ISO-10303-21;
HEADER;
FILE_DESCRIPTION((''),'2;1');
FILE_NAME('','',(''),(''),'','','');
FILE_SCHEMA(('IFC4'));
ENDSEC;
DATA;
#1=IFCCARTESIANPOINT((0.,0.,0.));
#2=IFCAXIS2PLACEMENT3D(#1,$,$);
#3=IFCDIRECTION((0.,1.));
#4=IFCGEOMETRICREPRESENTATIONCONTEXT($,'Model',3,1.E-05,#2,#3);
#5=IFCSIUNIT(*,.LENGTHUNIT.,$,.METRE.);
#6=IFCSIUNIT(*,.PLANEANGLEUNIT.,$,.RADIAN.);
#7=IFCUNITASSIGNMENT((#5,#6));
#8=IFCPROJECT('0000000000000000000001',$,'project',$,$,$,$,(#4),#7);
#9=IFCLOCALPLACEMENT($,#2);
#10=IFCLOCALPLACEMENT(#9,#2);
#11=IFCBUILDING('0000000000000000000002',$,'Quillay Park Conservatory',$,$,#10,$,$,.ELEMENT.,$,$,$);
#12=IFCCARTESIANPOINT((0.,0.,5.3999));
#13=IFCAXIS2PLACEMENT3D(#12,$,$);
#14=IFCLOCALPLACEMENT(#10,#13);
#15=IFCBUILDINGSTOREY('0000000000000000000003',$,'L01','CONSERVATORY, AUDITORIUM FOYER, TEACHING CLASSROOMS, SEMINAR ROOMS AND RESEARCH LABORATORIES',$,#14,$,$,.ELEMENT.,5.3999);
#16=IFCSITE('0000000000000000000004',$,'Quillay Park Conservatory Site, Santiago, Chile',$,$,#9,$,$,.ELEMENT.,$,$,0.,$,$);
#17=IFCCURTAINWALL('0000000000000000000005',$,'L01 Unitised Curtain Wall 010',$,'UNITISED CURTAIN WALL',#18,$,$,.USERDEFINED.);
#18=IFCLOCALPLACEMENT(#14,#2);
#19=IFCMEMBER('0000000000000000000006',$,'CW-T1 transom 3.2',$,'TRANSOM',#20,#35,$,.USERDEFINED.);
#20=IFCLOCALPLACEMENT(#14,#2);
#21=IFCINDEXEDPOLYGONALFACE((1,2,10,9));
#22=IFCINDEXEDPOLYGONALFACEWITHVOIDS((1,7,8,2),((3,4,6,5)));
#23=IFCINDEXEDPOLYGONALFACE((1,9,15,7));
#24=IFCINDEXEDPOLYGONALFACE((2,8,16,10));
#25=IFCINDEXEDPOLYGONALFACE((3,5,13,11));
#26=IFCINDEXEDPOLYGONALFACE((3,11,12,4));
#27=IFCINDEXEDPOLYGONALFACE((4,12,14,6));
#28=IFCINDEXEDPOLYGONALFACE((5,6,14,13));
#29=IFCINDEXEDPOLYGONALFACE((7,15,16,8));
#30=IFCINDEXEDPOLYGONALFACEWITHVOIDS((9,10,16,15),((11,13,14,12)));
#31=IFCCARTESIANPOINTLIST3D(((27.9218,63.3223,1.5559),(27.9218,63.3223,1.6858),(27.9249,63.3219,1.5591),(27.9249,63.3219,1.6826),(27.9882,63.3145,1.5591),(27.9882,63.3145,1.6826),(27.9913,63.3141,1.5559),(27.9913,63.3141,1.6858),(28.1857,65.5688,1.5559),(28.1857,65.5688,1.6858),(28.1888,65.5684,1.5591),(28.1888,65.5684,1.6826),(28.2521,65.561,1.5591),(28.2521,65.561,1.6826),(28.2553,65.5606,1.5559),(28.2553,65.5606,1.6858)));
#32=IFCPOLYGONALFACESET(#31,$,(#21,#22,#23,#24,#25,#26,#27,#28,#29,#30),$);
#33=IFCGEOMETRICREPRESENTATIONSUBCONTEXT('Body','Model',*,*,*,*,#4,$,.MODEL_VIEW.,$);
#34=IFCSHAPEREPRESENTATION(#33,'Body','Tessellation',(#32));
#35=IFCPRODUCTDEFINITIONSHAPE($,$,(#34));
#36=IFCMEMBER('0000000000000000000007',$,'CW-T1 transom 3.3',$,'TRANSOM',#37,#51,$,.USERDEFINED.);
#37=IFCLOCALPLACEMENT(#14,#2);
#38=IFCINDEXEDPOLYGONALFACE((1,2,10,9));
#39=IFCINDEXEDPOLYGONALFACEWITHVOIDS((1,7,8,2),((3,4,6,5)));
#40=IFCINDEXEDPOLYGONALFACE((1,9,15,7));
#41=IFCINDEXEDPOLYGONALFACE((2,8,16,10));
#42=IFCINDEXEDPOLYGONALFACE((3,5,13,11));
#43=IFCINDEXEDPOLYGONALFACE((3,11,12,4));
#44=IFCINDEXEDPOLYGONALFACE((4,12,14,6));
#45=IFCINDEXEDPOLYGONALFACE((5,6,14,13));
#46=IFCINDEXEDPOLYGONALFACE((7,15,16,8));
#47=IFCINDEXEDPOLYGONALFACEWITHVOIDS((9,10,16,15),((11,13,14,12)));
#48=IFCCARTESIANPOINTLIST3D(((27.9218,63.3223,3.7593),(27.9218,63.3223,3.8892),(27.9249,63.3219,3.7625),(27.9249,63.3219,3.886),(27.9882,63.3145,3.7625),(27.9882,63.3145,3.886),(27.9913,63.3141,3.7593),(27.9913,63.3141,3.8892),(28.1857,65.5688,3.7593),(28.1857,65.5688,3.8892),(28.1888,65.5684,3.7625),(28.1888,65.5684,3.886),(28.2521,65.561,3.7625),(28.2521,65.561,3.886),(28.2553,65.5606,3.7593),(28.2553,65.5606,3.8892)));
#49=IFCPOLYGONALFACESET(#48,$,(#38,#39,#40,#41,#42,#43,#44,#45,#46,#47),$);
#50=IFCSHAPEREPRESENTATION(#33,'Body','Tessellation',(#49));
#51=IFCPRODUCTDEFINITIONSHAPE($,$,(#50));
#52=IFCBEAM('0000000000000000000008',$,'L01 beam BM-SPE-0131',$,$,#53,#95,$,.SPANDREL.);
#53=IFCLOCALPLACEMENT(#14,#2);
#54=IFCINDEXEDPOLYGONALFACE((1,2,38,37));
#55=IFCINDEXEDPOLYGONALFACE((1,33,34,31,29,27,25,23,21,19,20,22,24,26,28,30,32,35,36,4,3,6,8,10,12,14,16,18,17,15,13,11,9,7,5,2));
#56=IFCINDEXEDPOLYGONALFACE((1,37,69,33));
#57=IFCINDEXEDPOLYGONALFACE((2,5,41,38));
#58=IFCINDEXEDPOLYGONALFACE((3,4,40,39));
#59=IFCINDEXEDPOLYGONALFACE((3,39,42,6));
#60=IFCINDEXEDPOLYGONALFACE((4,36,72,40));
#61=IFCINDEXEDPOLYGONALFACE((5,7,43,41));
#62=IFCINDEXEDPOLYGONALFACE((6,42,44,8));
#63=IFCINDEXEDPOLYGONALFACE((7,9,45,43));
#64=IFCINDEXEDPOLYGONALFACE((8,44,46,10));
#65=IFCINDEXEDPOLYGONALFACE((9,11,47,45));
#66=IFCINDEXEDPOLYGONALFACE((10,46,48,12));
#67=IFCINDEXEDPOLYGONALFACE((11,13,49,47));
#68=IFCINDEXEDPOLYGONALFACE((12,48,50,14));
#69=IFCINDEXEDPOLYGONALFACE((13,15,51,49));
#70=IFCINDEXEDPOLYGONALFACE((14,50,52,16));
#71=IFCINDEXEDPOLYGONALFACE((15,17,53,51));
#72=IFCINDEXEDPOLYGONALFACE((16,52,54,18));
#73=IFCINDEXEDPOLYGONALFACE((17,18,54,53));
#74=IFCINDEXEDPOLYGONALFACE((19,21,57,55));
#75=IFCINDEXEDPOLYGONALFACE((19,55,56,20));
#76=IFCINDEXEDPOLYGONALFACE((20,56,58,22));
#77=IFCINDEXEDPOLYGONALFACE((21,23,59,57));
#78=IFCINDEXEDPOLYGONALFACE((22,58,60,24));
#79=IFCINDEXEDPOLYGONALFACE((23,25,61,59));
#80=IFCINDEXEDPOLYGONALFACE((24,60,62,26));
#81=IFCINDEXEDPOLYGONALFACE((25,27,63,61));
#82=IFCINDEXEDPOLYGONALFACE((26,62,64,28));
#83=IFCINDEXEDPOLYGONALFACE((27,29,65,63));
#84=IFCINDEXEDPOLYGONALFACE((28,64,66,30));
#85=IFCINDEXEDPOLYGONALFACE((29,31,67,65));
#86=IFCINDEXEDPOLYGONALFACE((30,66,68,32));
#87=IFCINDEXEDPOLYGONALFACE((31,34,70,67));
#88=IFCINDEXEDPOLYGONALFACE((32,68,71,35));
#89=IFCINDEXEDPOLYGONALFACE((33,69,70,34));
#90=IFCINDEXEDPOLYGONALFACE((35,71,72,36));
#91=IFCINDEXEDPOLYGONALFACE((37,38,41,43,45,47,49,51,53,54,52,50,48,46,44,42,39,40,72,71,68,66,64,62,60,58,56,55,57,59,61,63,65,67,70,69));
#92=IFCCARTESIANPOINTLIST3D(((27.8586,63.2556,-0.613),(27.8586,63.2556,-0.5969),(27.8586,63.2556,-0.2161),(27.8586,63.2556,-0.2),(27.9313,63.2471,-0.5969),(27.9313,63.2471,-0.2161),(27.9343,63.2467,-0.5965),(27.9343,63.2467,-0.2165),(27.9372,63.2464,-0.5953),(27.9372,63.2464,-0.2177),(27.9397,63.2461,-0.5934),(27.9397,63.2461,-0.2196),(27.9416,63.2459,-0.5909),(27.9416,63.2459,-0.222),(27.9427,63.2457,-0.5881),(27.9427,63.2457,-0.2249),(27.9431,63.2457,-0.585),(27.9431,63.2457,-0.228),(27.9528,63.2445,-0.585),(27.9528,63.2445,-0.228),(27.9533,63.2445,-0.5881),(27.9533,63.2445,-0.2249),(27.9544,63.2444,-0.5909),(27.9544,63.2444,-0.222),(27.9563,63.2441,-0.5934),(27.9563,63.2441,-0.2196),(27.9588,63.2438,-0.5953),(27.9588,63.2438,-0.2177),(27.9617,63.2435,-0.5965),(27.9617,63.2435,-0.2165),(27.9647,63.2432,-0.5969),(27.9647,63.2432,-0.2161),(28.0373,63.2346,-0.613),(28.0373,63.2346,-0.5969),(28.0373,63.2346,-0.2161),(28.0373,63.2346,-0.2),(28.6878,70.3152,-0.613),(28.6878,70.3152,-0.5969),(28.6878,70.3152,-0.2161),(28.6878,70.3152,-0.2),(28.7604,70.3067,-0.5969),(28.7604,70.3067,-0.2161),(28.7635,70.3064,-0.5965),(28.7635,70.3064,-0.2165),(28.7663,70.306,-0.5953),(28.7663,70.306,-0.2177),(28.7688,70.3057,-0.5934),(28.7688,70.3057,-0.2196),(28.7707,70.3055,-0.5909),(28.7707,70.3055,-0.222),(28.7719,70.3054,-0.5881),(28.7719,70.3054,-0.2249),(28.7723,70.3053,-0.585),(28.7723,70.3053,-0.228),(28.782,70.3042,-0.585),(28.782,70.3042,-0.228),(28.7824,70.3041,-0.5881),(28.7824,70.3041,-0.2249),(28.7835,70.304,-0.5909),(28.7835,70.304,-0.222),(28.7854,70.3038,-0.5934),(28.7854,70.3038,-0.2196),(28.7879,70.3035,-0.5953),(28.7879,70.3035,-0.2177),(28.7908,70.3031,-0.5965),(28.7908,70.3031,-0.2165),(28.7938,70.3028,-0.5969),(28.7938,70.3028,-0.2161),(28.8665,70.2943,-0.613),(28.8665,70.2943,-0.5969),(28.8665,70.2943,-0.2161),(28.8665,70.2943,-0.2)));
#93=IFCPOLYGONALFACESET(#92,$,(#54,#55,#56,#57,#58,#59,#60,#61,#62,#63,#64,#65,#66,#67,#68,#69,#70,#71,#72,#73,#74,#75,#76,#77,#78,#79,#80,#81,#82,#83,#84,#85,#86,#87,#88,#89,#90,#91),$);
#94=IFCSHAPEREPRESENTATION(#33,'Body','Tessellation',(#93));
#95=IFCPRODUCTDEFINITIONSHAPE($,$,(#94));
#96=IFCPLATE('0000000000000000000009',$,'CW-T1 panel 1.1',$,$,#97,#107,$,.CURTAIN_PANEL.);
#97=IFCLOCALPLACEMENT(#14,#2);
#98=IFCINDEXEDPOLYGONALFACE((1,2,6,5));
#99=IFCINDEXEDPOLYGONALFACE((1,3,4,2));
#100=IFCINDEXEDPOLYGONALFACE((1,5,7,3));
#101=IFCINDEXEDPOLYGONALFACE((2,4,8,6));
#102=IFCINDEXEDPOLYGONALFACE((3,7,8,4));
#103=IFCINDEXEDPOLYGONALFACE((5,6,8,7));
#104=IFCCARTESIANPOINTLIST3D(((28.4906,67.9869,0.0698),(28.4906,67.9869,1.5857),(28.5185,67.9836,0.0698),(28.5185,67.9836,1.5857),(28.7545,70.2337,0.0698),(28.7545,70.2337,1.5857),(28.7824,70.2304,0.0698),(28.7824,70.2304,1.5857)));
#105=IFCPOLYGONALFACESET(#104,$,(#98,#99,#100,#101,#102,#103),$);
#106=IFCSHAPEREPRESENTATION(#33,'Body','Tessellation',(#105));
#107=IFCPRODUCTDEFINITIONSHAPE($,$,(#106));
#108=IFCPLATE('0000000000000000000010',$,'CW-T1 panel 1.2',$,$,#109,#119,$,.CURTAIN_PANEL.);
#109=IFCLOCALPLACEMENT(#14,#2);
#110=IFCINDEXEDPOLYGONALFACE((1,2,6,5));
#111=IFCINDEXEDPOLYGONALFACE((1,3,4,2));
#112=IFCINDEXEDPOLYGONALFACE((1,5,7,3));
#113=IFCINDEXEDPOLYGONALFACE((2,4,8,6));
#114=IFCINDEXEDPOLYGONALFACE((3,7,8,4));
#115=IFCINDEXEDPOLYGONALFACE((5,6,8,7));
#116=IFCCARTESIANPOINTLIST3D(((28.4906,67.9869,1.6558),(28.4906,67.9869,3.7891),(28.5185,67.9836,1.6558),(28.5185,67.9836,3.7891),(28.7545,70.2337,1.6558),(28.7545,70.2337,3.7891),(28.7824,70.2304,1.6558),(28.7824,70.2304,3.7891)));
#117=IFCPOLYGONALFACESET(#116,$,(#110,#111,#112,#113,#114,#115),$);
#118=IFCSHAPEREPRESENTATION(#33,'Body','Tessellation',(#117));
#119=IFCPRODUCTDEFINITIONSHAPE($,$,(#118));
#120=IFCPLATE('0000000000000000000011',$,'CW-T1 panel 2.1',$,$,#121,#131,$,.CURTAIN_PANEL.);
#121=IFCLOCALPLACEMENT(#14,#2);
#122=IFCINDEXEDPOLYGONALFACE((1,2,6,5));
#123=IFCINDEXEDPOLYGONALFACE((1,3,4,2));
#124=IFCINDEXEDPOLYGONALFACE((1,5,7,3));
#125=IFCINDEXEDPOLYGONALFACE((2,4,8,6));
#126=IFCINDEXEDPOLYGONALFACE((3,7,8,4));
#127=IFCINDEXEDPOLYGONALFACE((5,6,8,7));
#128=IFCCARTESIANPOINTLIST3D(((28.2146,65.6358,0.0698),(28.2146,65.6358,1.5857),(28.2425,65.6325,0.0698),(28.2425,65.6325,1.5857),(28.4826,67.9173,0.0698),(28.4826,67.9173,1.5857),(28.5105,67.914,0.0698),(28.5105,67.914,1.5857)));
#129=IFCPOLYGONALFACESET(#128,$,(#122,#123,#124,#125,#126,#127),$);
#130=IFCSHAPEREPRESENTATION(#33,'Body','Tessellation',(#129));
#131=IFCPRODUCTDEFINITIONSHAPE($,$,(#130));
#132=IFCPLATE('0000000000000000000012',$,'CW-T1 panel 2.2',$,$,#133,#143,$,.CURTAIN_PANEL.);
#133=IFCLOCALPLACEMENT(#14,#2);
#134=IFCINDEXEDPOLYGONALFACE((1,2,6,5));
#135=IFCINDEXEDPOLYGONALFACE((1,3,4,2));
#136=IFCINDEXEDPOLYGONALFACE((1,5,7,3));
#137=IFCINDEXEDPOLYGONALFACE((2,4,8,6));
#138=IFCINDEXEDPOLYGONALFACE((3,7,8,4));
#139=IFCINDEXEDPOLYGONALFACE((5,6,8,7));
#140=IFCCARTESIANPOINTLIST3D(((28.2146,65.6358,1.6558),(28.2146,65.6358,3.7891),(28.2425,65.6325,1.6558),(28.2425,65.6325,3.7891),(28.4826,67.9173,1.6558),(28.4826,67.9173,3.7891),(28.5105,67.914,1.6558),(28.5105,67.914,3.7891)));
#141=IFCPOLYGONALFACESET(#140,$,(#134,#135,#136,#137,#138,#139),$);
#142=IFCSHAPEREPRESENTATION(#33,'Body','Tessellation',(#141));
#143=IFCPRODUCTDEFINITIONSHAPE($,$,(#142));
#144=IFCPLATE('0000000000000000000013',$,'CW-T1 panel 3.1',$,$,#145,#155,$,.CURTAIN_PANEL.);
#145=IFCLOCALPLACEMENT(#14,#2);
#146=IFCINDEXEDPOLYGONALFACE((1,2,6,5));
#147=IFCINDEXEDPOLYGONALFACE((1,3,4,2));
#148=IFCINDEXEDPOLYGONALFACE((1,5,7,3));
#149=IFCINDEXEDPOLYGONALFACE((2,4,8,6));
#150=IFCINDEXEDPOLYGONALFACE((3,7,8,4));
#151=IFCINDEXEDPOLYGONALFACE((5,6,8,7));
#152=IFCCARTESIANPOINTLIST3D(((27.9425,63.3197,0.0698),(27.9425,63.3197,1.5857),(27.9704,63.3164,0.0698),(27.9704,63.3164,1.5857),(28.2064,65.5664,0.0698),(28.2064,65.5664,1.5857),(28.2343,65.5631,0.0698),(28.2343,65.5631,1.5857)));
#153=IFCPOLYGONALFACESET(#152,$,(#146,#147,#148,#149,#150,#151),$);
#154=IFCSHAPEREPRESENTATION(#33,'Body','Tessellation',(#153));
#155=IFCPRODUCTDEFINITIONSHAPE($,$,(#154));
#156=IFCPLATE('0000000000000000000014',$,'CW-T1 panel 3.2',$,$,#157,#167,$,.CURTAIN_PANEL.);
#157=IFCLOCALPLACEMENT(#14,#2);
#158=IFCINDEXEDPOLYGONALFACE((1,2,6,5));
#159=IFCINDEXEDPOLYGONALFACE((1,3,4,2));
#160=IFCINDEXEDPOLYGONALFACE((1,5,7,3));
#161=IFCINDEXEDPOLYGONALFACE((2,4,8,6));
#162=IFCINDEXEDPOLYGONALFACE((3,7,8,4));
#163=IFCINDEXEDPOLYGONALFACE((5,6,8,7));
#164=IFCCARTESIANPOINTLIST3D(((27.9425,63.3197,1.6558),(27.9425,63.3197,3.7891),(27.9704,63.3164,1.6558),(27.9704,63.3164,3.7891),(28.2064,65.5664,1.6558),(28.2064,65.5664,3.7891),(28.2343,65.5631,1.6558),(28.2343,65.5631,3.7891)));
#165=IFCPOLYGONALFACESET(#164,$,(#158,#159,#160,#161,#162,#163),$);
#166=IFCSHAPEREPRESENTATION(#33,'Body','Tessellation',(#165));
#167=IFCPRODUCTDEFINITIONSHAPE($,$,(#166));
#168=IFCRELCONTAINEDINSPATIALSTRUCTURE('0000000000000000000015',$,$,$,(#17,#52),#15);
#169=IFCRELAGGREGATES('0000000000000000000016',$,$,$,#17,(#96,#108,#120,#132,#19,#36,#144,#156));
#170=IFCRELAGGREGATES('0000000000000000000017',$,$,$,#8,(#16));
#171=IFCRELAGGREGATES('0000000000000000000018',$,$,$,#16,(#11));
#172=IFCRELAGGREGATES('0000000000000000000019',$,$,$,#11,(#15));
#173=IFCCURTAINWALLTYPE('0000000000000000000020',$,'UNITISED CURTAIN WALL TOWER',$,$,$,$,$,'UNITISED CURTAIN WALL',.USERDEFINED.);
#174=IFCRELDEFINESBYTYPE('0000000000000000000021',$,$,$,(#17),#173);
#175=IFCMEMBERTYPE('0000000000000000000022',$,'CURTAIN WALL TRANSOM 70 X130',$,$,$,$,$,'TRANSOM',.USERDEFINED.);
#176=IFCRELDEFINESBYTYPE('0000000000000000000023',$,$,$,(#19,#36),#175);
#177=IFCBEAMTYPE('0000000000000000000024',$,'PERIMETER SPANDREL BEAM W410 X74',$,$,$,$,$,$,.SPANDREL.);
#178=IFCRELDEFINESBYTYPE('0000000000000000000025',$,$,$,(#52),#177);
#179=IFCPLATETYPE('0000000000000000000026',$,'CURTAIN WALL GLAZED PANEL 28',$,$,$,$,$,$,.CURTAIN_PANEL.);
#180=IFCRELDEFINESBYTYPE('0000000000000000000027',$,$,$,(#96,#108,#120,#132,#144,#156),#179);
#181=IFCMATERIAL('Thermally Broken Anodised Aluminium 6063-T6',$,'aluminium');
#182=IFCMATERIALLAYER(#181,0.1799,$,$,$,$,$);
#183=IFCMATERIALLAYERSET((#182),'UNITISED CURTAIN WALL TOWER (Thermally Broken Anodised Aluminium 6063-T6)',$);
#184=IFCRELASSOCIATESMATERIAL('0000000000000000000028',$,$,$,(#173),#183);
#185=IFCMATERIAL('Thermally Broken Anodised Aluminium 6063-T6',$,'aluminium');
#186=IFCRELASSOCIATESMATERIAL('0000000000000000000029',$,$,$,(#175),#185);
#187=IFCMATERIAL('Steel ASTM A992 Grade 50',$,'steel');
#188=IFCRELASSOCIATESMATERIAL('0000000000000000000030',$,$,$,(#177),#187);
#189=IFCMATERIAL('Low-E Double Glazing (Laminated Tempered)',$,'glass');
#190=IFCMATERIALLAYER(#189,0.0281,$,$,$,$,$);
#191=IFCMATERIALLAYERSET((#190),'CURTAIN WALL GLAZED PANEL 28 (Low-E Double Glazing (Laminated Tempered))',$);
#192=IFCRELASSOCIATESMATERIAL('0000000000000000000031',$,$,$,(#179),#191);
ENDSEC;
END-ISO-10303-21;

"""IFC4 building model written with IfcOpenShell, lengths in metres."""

from ifc_helpers import new_model, si_unit, direction, frame, origin, origin_2d, place, context, subcontext, project, spatial, rectangle, hollow_rectangle, i_section, extrude, material, layer, layer_set, material_profile, profile_set, type_object, element, aggregate, save


model = new_model("IFC4")

# Units and contexts
model_context = context("Model", 3, precision=1e-05, world=origin(), true_north=direction((0.0, 1.0)))
body_context = subcontext(model_context, "Body", "Model", "MODEL_VIEW")
ifc_project = project(units=[si_unit("LENGTHUNIT", "METRE"), si_unit("PLANEANGLEUNIT", "RADIAN")], contexts=[model_context])

# Site, building, storey
site_placement = place(None, origin())
site = spatial("IfcSite", under=ifc_project, at=site_placement, Name="Quillay Park Conservatory Site, Santiago, Chile", CompositionType="ELEMENT", RefElevation=0.0)
building_placement = place(site_placement, origin())
building = spatial("IfcBuilding", under=site, at=building_placement, Name="Quillay Park Conservatory", CompositionType="ELEMENT")
storey_placement = place(building_placement, frame((0.0, 0.0, 5.3999)))
storey = spatial("IfcBuildingStorey", under=building, at=storey_placement, Name="L01", Description="CONSERVATORY, AUDITORIUM FOYER, TEACHING CLASSROOMS, SEMINAR ROOMS AND RESEARCH LABORATORIES", CompositionType="ELEMENT", Elevation=5.3999)

# Curtain wall, members
ifc_material_1 = material(Name="Thermally Broken Anodised Aluminium 6063-T6", Category="aluminium")
ifc_layer_1 = layer(ifc_material_1, 0.1799)
ifc_layer_set_1 = layer_set([ifc_layer_1], Name="UNITISED CURTAIN WALL TOWER (Thermally Broken Anodised Aluminium 6063-T6)")
curtain_wall_type = type_object("IfcCurtainWallType", Name="UNITISED CURTAIN WALL TOWER", ElementType="UNITISED CURTAIN WALL", PredefinedType="USERDEFINED", material=ifc_layer_set_1)
curtain_wall_placement = place(storey_placement, origin())
curtain_wall = element("IfcCurtainWall", 1, at=curtain_wall_placement, inside=storey, type_object=curtain_wall_type, Name="L01 Unitised Curtain Wall 010", ObjectType="UNITISED CURTAIN WALL", PredefinedType="USERDEFINED")
ifc_material_2 = material(Name="Thermally Broken Anodised Aluminium 6063-T6", Category="aluminium")
ifc_material_profile_1 = material_profile(ifc_material_2, hollow_rectangle(XDim=0.0701, YDim=0.1299, WallThickness=0.0032, at=origin_2d()), Name="AL70x130x3.2")
ifc_profile_set_1 = profile_set([ifc_material_profile_1], Name="Thermally Broken Anodised Aluminium 6063-T6")
member_type_1 = type_object("IfcMemberType", Name="CURTAIN WALL TRANSOM 70 X130", ElementType="TRANSOM", PredefinedType="USERDEFINED", material=ifc_profile_set_1)
member_1_placement = place(storey_placement, frame((28.2205, 65.5647, 1.6208), z_axis=(-0.116672, -0.99317, 0.0), x_axis=(0.99317, -0.116672, 0.0)))
member_1 = element("IfcMember", 2, at=member_1_placement, type_object=member_type_1, Name="CW-T1 transom 3.2", ObjectType="TRANSOM", PredefinedType="USERDEFINED", context=body_context, shape_type="SweptSolid", body=[
    extrude(hollow_rectangle(XDim=0.0701, YDim=0.1299, WallThickness=0.0032, at=origin_2d()), origin(), (0.0, 0.0, 1.0), 2.262),
])
member_2_placement = place(storey_placement, frame((28.2205, 65.5647, 3.8242), z_axis=(-0.116672, -0.99317, 0.0), x_axis=(0.99317, -0.116672, 0.0)))
member_2 = element("IfcMember", 3, at=member_2_placement, type_object=member_type_1, Name="CW-T1 transom 3.3", ObjectType="TRANSOM", PredefinedType="USERDEFINED", context=body_context, shape_type="SweptSolid", body=[
    extrude(hollow_rectangle(XDim=0.0701, YDim=0.1299, WallThickness=0.0032, at=origin_2d()), origin(), (0.0, 0.0, 1.0), 2.262),
])

# Beam
ifc_material_3 = material(Name="Steel ASTM A992 Grade 50", Category="steel")
ifc_material_profile_2 = material_profile(ifc_material_3, i_section(OverallWidth=0.1799, OverallDepth=0.4131, WebThickness=0.0098, FlangeThickness=0.0161, FilletRadius=0.012, at=origin_2d()), Name="W410x74")
ifc_profile_set_2 = profile_set([ifc_material_profile_2], Name="Steel ASTM A992 Grade 50")
beam_type = type_object("IfcBeamType", Name="PERIMETER SPANDREL BEAM W410 X74", PredefinedType="SPANDREL", material=ifc_profile_set_2)
beam_placement = place(storey_placement, frame((27.948, 63.2451, -0.4065), z_axis=(0.116642, 0.993174, 0.0), x_axis=(-0.993174, 0.116642, 0.0)))
element("IfcBeam", 4, at=beam_placement, inside=storey, type_object=beam_type, Name="L01 beam BM-SPE-0131", PredefinedType="SPANDREL", context=body_context, shape_type="SweptSolid", body=[
    extrude(i_section(OverallWidth=0.1799, OverallDepth=0.4131, WebThickness=0.0098, FlangeThickness=0.0161, FilletRadius=0.012, at=origin_2d()), origin(), (0.0, 0.0, 1.0), 7.1082),
])

# Plates
ifc_material_4 = material(Name="Low-E Double Glazing (Laminated Tempered)", Category="glass")
ifc_layer_2 = layer(ifc_material_4, 0.0281)
ifc_layer_set_2 = layer_set([ifc_layer_2], Name="CURTAIN WALL GLAZED PANEL 28 (Low-E Double Glazing (Laminated Tempered))")
plate_type = type_object("IfcPlateType", Name="CURTAIN WALL GLAZED PANEL 28", PredefinedType="CURTAIN_PANEL", material=ifc_layer_set_2)
plate_1_placement = place(storey_placement, frame((28.6365, 69.1086, 0.0698), z_axis=(0.0, 0.0, 1.0), x_axis=(-0.116655, -0.993173, 0.0)))
plate_1 = element("IfcPlate", 5, at=plate_1_placement, type_object=plate_type, Name="CW-T1 panel 1.1", PredefinedType="CURTAIN_PANEL", context=body_context, shape_type="SweptSolid", body=[
    extrude(rectangle(XDim=2.2622, YDim=0.0281, at=origin_2d()), origin(), (0.0, 0.0, 1.0), 1.5159),
])
plate_2_placement = place(storey_placement, frame((28.6365, 69.1086, 1.6558), z_axis=(0.0, 0.0, 1.0), x_axis=(-0.116655, -0.993173, 0.0)))
plate_2 = element("IfcPlate", 6, at=plate_2_placement, type_object=plate_type, Name="CW-T1 panel 1.2", PredefinedType="CURTAIN_PANEL", context=body_context, shape_type="SweptSolid", body=[
    extrude(rectangle(XDim=2.2622, YDim=0.0281, at=origin_2d()), origin(), (0.0, 0.0, 1.0), 2.1333),
])
plate_3_placement = place(storey_placement, frame((28.3625, 66.7749, 0.0698), z_axis=(0.0, 0.0, 1.0), x_axis=(-0.116655, -0.993173, 0.0)))
plate_3 = element("IfcPlate", 7, at=plate_3_placement, type_object=plate_type, Name="CW-T1 panel 2.1", PredefinedType="CURTAIN_PANEL", context=body_context, shape_type="SweptSolid", body=[
    extrude(rectangle(XDim=2.2971, YDim=0.0281, at=origin_2d()), origin(), (0.0, 0.0, 1.0), 1.5159),
])
plate_4_placement = place(storey_placement, frame((28.3625, 66.7749, 1.6558), z_axis=(0.0, 0.0, 1.0), x_axis=(-0.116655, -0.993173, 0.0)))
plate_4 = element("IfcPlate", 8, at=plate_4_placement, type_object=plate_type, Name="CW-T1 panel 2.2", PredefinedType="CURTAIN_PANEL", context=body_context, shape_type="SweptSolid", body=[
    extrude(rectangle(XDim=2.2971, YDim=0.0281, at=origin_2d()), origin(), (0.0, 0.0, 1.0), 2.1333),
])
plate_5_placement = place(storey_placement, frame((28.0884, 64.4414, 0.0698), z_axis=(0.0, 0.0, 1.0), x_axis=(-0.116655, -0.993173, 0.0)))
plate_5 = element("IfcPlate", 9, at=plate_5_placement, type_object=plate_type, Name="CW-T1 panel 3.1", PredefinedType="CURTAIN_PANEL", context=body_context, shape_type="SweptSolid", body=[
    extrude(rectangle(XDim=2.2622, YDim=0.0281, at=origin_2d()), origin(), (0.0, 0.0, 1.0), 1.5159),
])
plate_6_placement = place(storey_placement, frame((28.0884, 64.4414, 1.6558), z_axis=(0.0, 0.0, 1.0), x_axis=(-0.116655, -0.993173, 0.0)))
plate_6 = element("IfcPlate", 10, at=plate_6_placement, type_object=plate_type, Name="CW-T1 panel 3.2", PredefinedType="CURTAIN_PANEL", context=body_context, shape_type="SweptSolid", body=[
    extrude(rectangle(XDim=2.2622, YDim=0.0281, at=origin_2d()), origin(), (0.0, 0.0, 1.0), 2.1333),
])
aggregate(curtain_wall, [plate_1, plate_2, plate_3, plate_4, member_1, member_2, plate_5, plate_6])

save(model, "model.ifc")
